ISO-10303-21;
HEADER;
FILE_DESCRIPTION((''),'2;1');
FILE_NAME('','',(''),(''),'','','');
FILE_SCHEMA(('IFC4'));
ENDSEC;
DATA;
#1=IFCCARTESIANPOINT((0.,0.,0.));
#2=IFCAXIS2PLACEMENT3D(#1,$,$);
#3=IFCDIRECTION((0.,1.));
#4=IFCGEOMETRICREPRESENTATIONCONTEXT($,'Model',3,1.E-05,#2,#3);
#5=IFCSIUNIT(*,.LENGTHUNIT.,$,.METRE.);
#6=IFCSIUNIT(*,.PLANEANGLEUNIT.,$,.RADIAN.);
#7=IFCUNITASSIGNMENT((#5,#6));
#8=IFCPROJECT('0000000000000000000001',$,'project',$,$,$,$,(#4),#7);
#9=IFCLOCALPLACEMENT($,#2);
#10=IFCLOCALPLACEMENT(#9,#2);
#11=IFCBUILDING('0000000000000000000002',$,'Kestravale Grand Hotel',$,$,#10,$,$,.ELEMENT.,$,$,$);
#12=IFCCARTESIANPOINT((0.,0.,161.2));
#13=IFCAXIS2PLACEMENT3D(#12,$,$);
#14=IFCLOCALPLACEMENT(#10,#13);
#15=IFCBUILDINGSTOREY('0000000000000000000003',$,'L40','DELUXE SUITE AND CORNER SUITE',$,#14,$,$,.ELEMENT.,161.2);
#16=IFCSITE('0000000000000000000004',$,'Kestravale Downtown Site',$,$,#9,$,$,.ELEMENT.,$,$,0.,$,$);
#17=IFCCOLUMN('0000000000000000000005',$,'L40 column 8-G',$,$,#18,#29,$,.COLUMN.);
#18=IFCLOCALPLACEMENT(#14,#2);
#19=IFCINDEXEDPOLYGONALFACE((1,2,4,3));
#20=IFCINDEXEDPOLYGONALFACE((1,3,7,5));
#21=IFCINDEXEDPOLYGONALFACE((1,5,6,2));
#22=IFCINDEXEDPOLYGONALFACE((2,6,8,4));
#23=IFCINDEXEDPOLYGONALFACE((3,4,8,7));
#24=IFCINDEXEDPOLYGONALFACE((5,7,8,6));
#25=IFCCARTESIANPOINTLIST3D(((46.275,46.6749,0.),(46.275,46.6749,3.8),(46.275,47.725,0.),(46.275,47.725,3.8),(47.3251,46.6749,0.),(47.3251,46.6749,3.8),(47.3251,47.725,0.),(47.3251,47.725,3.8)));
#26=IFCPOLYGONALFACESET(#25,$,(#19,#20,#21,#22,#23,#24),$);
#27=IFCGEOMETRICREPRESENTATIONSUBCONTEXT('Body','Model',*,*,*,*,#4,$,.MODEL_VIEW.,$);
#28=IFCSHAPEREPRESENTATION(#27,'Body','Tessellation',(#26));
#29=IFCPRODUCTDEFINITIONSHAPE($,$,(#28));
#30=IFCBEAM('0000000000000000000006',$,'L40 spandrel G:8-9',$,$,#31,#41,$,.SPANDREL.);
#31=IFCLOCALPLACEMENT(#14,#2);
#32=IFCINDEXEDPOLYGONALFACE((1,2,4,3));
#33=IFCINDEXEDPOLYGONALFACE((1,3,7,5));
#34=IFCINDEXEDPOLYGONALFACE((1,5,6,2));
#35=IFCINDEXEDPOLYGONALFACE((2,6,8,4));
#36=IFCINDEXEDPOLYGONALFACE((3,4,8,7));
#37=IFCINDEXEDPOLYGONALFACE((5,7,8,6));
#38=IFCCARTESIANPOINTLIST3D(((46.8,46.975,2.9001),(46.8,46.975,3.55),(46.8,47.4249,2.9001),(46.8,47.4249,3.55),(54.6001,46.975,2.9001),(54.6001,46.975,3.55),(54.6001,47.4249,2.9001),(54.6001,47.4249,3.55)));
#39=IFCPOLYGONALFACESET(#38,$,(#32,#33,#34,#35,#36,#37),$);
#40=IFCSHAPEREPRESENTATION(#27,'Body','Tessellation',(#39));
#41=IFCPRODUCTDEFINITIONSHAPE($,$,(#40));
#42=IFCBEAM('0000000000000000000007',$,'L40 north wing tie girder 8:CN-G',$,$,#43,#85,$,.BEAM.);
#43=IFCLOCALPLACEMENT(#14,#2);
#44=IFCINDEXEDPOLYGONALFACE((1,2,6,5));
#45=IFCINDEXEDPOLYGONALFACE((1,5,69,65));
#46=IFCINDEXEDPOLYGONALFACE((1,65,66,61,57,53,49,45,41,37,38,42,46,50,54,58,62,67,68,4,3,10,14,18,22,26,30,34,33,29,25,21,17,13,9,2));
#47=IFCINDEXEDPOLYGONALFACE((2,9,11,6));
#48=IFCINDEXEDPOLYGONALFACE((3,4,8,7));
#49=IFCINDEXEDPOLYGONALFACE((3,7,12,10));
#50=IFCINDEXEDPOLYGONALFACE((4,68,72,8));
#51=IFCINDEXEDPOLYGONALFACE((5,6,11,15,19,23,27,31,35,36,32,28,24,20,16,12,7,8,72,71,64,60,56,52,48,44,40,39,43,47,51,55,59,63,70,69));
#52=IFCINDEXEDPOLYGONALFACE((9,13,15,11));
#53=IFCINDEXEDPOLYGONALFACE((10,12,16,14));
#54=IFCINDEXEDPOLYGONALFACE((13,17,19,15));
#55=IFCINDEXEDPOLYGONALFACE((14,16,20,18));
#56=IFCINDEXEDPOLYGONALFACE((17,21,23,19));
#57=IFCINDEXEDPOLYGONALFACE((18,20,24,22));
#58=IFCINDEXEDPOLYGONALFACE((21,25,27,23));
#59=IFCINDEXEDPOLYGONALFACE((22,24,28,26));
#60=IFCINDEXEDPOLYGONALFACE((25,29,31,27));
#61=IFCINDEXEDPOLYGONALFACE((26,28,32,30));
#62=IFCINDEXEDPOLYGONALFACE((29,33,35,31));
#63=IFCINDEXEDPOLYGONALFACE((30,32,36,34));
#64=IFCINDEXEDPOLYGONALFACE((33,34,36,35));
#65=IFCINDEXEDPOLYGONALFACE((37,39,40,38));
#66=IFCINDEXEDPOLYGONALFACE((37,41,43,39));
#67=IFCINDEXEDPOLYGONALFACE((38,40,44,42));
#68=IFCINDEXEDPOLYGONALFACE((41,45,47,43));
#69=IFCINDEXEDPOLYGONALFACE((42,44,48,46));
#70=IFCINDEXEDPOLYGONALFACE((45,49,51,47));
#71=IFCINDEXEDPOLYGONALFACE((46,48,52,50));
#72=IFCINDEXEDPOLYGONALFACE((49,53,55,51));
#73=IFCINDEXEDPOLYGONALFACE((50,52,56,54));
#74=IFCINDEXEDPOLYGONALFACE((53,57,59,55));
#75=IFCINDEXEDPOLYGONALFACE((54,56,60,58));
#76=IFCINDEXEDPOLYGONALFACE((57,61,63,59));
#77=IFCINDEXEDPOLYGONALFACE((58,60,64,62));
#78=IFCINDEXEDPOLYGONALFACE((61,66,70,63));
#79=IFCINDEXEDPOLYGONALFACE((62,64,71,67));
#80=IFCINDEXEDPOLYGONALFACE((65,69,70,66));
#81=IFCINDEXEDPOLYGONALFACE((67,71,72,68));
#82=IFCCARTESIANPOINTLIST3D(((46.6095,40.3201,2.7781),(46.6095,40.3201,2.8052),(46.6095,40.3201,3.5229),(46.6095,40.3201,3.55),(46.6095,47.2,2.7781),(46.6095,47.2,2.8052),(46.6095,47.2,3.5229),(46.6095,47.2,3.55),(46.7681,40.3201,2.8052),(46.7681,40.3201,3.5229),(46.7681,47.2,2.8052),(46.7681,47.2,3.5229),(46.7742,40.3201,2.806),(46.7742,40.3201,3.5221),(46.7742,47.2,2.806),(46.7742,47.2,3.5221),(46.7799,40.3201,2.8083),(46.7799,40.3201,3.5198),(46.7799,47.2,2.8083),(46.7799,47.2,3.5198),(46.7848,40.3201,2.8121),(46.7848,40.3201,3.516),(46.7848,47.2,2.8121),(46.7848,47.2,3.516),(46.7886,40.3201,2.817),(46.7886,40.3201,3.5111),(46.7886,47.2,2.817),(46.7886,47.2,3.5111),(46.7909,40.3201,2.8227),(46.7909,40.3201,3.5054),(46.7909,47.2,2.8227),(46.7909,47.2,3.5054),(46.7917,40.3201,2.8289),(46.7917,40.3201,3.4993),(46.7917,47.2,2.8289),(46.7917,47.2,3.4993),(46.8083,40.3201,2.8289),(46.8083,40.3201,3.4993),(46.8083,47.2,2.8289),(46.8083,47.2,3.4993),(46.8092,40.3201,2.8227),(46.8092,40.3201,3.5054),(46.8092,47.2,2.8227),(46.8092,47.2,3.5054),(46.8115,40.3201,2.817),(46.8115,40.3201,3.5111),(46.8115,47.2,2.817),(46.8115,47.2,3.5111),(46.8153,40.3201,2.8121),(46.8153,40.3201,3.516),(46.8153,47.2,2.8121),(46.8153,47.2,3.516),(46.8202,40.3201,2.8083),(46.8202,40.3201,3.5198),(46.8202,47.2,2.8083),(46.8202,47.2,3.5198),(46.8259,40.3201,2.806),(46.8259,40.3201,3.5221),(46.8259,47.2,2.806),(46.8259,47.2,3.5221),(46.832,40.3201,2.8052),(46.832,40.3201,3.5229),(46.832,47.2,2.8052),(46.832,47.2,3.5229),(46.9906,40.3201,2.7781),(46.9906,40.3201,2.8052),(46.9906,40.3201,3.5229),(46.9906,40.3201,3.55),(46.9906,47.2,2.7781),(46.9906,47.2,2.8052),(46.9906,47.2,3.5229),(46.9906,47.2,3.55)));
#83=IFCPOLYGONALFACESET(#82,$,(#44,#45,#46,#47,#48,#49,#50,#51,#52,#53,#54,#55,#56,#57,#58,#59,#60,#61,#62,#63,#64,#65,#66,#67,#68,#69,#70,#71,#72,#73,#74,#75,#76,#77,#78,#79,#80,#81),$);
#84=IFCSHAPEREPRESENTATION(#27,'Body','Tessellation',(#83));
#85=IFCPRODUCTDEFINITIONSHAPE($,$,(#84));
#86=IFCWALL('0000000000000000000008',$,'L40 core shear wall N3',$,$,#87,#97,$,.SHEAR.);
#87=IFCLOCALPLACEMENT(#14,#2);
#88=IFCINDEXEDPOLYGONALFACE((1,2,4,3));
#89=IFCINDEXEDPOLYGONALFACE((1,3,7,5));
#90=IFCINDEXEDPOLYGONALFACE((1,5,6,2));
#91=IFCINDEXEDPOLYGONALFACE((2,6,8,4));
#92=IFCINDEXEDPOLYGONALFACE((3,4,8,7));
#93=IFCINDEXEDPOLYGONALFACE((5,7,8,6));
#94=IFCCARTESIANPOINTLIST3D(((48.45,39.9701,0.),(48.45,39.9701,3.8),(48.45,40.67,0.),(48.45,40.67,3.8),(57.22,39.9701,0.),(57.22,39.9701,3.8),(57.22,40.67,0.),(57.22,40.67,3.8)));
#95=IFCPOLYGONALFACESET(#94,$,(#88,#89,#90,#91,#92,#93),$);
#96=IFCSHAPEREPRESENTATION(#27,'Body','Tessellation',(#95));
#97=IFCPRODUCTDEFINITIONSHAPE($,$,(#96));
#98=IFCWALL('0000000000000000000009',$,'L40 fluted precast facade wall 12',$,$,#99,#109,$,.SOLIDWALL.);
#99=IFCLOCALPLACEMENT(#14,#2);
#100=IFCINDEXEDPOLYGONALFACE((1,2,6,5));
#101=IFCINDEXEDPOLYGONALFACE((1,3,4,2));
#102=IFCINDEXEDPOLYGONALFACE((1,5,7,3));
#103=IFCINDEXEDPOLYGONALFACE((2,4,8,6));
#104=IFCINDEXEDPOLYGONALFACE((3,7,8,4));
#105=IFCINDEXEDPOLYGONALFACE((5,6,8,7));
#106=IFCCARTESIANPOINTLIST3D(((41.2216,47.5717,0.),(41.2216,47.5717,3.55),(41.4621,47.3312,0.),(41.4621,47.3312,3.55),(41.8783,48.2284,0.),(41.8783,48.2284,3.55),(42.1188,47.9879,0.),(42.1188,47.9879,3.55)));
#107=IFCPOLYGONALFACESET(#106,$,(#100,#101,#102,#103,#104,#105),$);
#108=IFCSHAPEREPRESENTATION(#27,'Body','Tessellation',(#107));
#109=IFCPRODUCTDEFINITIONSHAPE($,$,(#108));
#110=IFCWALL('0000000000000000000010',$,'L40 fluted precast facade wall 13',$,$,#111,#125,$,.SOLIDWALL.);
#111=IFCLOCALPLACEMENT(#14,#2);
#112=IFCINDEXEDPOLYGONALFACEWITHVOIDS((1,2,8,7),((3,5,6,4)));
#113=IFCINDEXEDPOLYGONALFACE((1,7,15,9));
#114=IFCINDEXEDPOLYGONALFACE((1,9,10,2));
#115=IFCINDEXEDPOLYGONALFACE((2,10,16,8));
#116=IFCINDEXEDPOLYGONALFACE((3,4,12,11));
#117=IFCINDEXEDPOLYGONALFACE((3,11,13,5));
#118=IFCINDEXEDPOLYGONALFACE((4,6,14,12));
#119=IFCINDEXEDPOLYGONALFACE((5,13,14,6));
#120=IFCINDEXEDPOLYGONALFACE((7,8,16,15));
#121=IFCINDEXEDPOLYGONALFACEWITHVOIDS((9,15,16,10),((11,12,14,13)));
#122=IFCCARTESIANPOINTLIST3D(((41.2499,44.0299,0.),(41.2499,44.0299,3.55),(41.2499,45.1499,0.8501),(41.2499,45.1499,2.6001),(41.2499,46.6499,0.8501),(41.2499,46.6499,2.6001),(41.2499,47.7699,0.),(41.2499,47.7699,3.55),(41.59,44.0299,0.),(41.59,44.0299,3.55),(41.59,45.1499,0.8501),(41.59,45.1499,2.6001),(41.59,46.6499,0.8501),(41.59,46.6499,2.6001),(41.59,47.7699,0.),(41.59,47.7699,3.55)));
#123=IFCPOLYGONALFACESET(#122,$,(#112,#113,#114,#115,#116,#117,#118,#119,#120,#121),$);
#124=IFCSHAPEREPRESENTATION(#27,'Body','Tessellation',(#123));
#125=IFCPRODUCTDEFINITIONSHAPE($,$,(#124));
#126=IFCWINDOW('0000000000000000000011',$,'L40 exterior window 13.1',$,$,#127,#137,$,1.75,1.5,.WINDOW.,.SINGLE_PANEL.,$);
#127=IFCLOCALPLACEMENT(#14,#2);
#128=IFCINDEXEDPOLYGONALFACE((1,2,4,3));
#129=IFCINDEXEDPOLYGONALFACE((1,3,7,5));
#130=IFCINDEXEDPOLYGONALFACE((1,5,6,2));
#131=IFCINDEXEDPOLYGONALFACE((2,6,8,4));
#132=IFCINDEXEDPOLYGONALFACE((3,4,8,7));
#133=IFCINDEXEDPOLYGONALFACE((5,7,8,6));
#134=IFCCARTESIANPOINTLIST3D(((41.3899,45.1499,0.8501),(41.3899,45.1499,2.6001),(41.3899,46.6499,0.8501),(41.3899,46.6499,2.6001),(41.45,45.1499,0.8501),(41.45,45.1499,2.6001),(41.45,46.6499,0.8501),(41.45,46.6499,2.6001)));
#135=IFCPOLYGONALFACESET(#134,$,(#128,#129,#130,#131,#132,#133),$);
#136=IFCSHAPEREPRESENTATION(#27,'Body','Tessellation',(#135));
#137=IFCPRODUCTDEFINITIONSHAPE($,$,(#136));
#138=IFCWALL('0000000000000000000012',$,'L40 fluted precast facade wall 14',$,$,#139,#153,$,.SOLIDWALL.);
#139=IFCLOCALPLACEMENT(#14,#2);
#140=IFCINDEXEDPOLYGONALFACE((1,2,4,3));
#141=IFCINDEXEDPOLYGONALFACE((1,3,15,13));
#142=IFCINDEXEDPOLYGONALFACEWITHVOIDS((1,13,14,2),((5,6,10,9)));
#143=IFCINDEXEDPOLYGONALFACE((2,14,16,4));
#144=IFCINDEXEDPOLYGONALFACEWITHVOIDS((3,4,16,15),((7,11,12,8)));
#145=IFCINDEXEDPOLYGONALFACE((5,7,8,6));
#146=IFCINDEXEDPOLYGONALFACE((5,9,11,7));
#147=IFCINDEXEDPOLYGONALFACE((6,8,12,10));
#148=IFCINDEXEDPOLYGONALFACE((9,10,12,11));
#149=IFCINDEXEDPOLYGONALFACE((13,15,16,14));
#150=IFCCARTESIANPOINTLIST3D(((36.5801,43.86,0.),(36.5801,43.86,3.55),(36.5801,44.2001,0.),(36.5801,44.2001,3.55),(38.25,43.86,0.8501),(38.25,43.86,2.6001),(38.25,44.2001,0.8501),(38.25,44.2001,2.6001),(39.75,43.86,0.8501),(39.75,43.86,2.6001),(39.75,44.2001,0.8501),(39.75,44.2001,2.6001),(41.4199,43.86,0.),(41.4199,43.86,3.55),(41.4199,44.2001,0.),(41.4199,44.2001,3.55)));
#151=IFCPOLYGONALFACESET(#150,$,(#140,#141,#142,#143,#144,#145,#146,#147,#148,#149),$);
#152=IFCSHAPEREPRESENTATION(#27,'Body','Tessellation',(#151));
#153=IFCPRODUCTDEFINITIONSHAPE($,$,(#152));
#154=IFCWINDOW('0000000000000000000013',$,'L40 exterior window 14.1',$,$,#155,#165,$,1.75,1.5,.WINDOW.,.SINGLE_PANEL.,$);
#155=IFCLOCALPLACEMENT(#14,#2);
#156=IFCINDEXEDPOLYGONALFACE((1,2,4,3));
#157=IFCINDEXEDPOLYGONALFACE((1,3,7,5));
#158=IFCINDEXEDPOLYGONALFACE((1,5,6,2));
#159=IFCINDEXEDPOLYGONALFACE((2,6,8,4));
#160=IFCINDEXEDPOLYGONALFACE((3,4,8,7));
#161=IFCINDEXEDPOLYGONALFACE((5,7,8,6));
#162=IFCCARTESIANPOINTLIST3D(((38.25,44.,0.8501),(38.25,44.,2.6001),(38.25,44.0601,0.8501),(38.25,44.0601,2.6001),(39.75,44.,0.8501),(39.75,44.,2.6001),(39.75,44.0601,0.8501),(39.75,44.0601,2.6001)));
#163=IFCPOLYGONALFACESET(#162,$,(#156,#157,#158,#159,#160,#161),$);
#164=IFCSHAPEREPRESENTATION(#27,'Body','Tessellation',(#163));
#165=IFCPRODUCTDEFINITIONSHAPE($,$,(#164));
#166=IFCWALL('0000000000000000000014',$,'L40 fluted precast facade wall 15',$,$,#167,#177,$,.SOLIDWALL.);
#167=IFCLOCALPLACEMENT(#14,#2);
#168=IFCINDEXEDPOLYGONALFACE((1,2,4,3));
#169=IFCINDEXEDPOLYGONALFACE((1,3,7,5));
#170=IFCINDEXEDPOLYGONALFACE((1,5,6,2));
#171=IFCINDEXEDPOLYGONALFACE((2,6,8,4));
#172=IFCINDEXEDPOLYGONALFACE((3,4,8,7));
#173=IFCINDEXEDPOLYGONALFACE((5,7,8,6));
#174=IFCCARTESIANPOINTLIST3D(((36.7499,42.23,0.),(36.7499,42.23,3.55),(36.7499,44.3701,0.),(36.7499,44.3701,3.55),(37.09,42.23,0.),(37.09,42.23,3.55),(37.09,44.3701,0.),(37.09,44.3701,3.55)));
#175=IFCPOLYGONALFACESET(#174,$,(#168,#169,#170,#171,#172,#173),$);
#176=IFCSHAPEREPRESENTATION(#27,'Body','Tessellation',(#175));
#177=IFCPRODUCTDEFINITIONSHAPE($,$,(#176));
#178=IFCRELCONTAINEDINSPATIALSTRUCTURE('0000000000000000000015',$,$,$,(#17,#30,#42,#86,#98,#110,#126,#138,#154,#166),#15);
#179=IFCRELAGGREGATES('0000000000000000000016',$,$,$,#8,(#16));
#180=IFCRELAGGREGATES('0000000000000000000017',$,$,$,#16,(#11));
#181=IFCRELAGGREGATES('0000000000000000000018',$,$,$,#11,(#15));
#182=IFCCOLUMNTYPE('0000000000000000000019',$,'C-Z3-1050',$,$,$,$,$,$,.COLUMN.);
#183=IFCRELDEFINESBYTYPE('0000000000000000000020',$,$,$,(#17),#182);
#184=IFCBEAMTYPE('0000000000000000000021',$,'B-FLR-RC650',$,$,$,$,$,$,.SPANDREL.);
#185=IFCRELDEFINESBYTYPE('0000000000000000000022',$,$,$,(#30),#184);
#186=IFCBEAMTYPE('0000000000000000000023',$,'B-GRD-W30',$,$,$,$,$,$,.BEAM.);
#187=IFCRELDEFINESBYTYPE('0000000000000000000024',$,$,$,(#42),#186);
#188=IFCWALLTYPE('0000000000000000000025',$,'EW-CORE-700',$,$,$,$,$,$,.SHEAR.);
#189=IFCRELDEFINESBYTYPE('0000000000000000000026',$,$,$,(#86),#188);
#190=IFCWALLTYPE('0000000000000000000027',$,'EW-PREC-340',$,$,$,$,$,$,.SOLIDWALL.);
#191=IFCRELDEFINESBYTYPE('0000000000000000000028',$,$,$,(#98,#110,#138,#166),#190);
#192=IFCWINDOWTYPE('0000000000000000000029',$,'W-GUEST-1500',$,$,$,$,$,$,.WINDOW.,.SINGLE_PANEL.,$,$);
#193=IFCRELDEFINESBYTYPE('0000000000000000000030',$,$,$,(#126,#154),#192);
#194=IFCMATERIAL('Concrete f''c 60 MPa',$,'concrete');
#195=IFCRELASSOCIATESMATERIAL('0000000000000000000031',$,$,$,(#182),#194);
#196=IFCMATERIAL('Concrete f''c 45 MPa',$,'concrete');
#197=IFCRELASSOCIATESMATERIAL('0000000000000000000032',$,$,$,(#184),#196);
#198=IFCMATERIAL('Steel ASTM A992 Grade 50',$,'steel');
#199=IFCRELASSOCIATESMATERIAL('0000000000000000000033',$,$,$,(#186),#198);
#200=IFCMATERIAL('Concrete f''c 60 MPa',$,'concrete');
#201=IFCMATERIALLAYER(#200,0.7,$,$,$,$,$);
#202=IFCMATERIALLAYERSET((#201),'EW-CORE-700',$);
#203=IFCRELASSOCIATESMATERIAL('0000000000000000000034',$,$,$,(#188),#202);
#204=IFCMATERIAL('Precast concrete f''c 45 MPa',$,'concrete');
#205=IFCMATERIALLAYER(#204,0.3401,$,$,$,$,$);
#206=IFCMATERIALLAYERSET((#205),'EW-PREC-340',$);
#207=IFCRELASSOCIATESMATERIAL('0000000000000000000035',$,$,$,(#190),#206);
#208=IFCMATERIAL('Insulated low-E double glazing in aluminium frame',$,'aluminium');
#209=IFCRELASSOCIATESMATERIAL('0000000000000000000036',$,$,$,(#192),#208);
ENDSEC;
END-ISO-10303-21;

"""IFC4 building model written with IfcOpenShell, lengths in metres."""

from ifc_helpers import new_model, si_unit, direction, frame, frame_2d, origin, origin_2d, place, context, subcontext, project, spatial, rectangle, i_section, extrude, material, layer, layer_set, material_profile, profile_set, type_object, element, fill, save


model = new_model("IFC4")

# Units and contexts
model_context = context("Model", 3, precision=1e-05, world=origin(), true_north=direction((0.0, 1.0)))
body_context = subcontext(model_context, "Body", "Model", "MODEL_VIEW")
ifc_project = project(units=[si_unit("LENGTHUNIT", "METRE"), si_unit("PLANEANGLEUNIT", "RADIAN")], contexts=[model_context])

# Site, building, storey
site_placement = place(None, origin())
site = spatial("IfcSite", under=ifc_project, at=site_placement, Name="Kestravale Downtown Site", CompositionType="ELEMENT", RefElevation=0.0)
building_placement = place(site_placement, origin())
building = spatial("IfcBuilding", under=site, at=building_placement, Name="Kestravale Grand Hotel", CompositionType="ELEMENT")
storey_placement = place(building_placement, frame((0.0, 0.0, 161.2)))
storey = spatial("IfcBuildingStorey", under=building, at=storey_placement, Name="L40", Description="DELUXE SUITE AND CORNER SUITE", CompositionType="ELEMENT", Elevation=161.2)

# Column
ifc_material_1 = material(Name="Concrete f'c 60 MPa", Category="concrete")
ifc_material_profile_1 = material_profile(ifc_material_1, rectangle(XDim=1.05, YDim=1.05, at=origin_2d()))
ifc_profile_set_1 = profile_set([ifc_material_profile_1], Name="Concrete f'c 60 MPa")
column_type = type_object("IfcColumnType", Name="C-Z3-1050", PredefinedType="COLUMN", material=ifc_profile_set_1)
column_placement = place(storey_placement, frame((46.8, 47.2, 0.0), z_axis=(0.0, 0.0, 1.0), x_axis=(1.0, 0.0, 0.0)))
element("IfcColumn", 1, at=column_placement, inside=storey, type_object=column_type, Name="L40 column 8-G", PredefinedType="COLUMN", context=body_context, shape_type="SweptSolid", body=[
    extrude(rectangle(XDim=1.05, YDim=1.05, at=origin_2d()), origin(), (0.0, 0.0, 1.0), 3.8),
])

# Beams
ifc_material_2 = material(Name="Concrete f'c 45 MPa", Category="concrete")
ifc_material_profile_2 = material_profile(ifc_material_2, rectangle(XDim=0.45, YDim=0.6499, at=origin_2d()))
ifc_profile_set_2 = profile_set([ifc_material_profile_2], Name="Concrete f'c 45 MPa")
beam_type_1 = type_object("IfcBeamType", Name="B-FLR-RC650", PredefinedType="SPANDREL", material=ifc_profile_set_2)
beam_1_placement = place(storey_placement, frame((46.8, 47.2, 3.2251), z_axis=(1.0, 0.0, 0.0), x_axis=(0.0, 1.0, 0.0)))
element("IfcBeam", 2, at=beam_1_placement, inside=storey, type_object=beam_type_1, Name="L40 spandrel G:8-9", PredefinedType="SPANDREL", context=body_context, shape_type="SweptSolid", body=[
    extrude(rectangle(XDim=0.45, YDim=0.6499, at=origin_2d()), origin(), (0.0, 0.0, 1.0), 7.8),
])
ifc_material_3 = material(Name="Steel ASTM A992 Grade 50", Category="steel")
ifc_material_profile_3 = material_profile(ifc_material_3, i_section(OverallWidth=0.3811, OverallDepth=0.772, WebThickness=0.0166, FlangeThickness=0.0271, FilletRadius=0.0237, at=origin_2d()))
ifc_profile_set_3 = profile_set([ifc_material_profile_3], Name="Steel ASTM A992 Grade 50")
beam_type_2 = type_object("IfcBeamType", Name="B-GRD-W30", PredefinedType="BEAM", material=ifc_profile_set_3)
beam_2_placement = place(storey_placement, frame((46.8, 40.3201, 3.1641), z_axis=(0.0, 1.0, 0.0), x_axis=(-1.0, 0.0, 0.0)))
element("IfcBeam", 3, at=beam_2_placement, inside=storey, type_object=beam_type_2, Name="L40 north wing tie girder 8:CN-G", PredefinedType="BEAM", context=body_context, shape_type="SweptSolid", body=[
    extrude(i_section(OverallWidth=0.3811, OverallDepth=0.772, WebThickness=0.0166, FlangeThickness=0.0271, FilletRadius=0.0237, at=origin_2d()), origin(), (0.0, 0.0, 1.0), 6.8799),
])

# Walls
ifc_material_4 = material(Name="Concrete f'c 60 MPa", Category="concrete")
ifc_layer_1 = layer(ifc_material_4, 0.7)
ifc_layer_set_1 = layer_set([ifc_layer_1], Name="EW-CORE-700")
wall_type_1 = type_object("IfcWallType", Name="EW-CORE-700", PredefinedType="SHEAR", material=ifc_layer_set_1)
wall_1_placement = place(storey_placement, frame((48.45, 40.3201, 0.0), z_axis=(0.0, 0.0, 1.0), x_axis=(1.0, 0.0, 0.0)))
element("IfcWall", 4, at=wall_1_placement, inside=storey, type_object=wall_type_1, Name="L40 core shear wall N3", PredefinedType="SHEAR", context=body_context, shape_type="SweptSolid", body=[
    extrude(rectangle(XDim=8.77, YDim=0.7, at=frame_2d((4.385, 0.0))), origin(), (0.0, 0.0, 1.0), 3.8),
])
ifc_material_5 = material(Name="Precast concrete f'c 45 MPa", Category="concrete")
ifc_layer_2 = layer(ifc_material_5, 0.3401)
ifc_layer_set_2 = layer_set([ifc_layer_2], Name="EW-PREC-340")
wall_type_2 = type_object("IfcWallType", Name="EW-PREC-340", PredefinedType="SOLIDWALL", material=ifc_layer_set_2)
wall_2_placement = place(storey_placement, frame((41.9985, 48.1082, 0.0), z_axis=(0.0, 0.0, 1.0), x_axis=(-0.707107, -0.707107, 0.0)))
element("IfcWall", 5, at=wall_2_placement, inside=storey, type_object=wall_type_2, Name="L40 fluted precast facade wall 12", PredefinedType="SOLIDWALL", context=body_context, shape_type="SweptSolid", body=[
    extrude(rectangle(XDim=0.9287, YDim=0.3401, at=frame_2d((0.4644, 0.0))), origin(), (0.0, 0.0, 1.0), 3.55),
])

# Walls, openings, windows
wall_3_placement = place(storey_placement, frame((41.4199, 47.77, 0.0), z_axis=(0.0, 0.0, 1.0), x_axis=(0.0, -1.0, 0.0)))
wall_3 = element("IfcWall", 6, at=wall_3_placement, inside=storey, type_object=wall_type_2, Name="L40 fluted precast facade wall 13", PredefinedType="SOLIDWALL", context=body_context, shape_type="SweptSolid", body=[
    extrude(rectangle(XDim=3.74, YDim=0.3401, at=frame_2d((1.8701, 0.0))), origin(), (0.0, 0.0, 1.0), 3.55),
])
opening_1_placement = place(wall_3_placement, frame((1.1201, 0.0, 0.8501)))
opening_1 = element("IfcOpeningElement", 7, at=opening_1_placement, cuts=wall_3, PredefinedType="OPENING", context=body_context, shape_type="SweptSolid", body=[
    extrude(rectangle(XDim=1.5, YDim=1.75, at=frame_2d((0.75, 0.875))), frame((0.0, 0.1799, 0.0), z_axis=(0.0, -1.0, 0.0), x_axis=(1.0, 0.0, 0.0)), (0.0, 0.0, 1.0), 0.3601),
])
ifc_material_6 = material(Name="Insulated low-E double glazing in aluminium frame", Category="aluminium")
window_type = type_object("IfcWindowType", Name="W-GUEST-1500", PartitioningType="SINGLE_PANEL", PredefinedType="WINDOW", material=ifc_material_6)
window_1_placement = place(opening_1_placement, origin())
window_1 = element("IfcWindow", 8, at=window_1_placement, inside=storey, type_object=window_type, Name="L40 exterior window 13.1", OverallHeight=1.75, OverallWidth=1.5, PartitioningType="SINGLE_PANEL", PredefinedType="WINDOW", context=body_context, shape_type="SweptSolid", body=[
    extrude(rectangle(XDim=1.5, YDim=1.75, at=frame_2d((0.75, 0.875))), frame((0.0, 0.03, 0.0), z_axis=(0.0, -1.0, 0.0), x_axis=(1.0, 0.0, 0.0)), (0.0, 0.0, 1.0), 0.0601),
])
fill(opening_1, window_1)
wall_4_placement = place(storey_placement, frame((41.4199, 44.03, 0.0), z_axis=(0.0, 0.0, 1.0), x_axis=(-1.0, 0.0, 0.0)))
wall_4 = element("IfcWall", 9, at=wall_4_placement, inside=storey, type_object=wall_type_2, Name="L40 fluted precast facade wall 14", PredefinedType="SOLIDWALL", context=body_context, shape_type="SweptSolid", body=[
    extrude(rectangle(XDim=4.8398, YDim=0.3401, at=frame_2d((2.4199, 0.0))), origin(), (0.0, 0.0, 1.0), 3.55),
])
opening_2_placement = place(wall_4_placement, frame((1.6699, 0.0, 0.8501)))
opening_2 = element("IfcOpeningElement", 10, at=opening_2_placement, cuts=wall_4, PredefinedType="OPENING", context=body_context, shape_type="SweptSolid", body=[
    extrude(rectangle(XDim=1.5, YDim=1.75, at=frame_2d((0.75, 0.875))), frame((0.0, 0.1799, 0.0), z_axis=(0.0, -1.0, 0.0), x_axis=(1.0, 0.0, 0.0)), (0.0, 0.0, 1.0), 0.3601),
])
window_2_placement = place(opening_2_placement, origin())
window_2 = element("IfcWindow", 11, at=window_2_placement, inside=storey, type_object=window_type, Name="L40 exterior window 14.1", OverallHeight=1.75, OverallWidth=1.5, PartitioningType="SINGLE_PANEL", PredefinedType="WINDOW", context=body_context, shape_type="SweptSolid", body=[
    extrude(rectangle(XDim=1.5, YDim=1.75, at=frame_2d((0.75, 0.875))), frame((0.0, 0.03, 0.0), z_axis=(0.0, -1.0, 0.0), x_axis=(1.0, 0.0, 0.0)), (0.0, 0.0, 1.0), 0.0601),
])
fill(opening_2, window_2)

# Wall
wall_5_placement = place(storey_placement, frame((36.9199, 44.3701, 0.0), z_axis=(0.0, 0.0, 1.0), x_axis=(0.0, -1.0, 0.0)))
element("IfcWall", 12, at=wall_5_placement, inside=storey, type_object=wall_type_2, Name="L40 fluted precast facade wall 15", PredefinedType="SOLIDWALL", context=body_context, shape_type="SweptSolid", body=[
    extrude(rectangle(XDim=2.1401, YDim=0.3401, at=frame_2d((1.0701, 0.0))), origin(), (0.0, 0.0, 1.0), 3.55),
])

save(model, "model.ifc")
